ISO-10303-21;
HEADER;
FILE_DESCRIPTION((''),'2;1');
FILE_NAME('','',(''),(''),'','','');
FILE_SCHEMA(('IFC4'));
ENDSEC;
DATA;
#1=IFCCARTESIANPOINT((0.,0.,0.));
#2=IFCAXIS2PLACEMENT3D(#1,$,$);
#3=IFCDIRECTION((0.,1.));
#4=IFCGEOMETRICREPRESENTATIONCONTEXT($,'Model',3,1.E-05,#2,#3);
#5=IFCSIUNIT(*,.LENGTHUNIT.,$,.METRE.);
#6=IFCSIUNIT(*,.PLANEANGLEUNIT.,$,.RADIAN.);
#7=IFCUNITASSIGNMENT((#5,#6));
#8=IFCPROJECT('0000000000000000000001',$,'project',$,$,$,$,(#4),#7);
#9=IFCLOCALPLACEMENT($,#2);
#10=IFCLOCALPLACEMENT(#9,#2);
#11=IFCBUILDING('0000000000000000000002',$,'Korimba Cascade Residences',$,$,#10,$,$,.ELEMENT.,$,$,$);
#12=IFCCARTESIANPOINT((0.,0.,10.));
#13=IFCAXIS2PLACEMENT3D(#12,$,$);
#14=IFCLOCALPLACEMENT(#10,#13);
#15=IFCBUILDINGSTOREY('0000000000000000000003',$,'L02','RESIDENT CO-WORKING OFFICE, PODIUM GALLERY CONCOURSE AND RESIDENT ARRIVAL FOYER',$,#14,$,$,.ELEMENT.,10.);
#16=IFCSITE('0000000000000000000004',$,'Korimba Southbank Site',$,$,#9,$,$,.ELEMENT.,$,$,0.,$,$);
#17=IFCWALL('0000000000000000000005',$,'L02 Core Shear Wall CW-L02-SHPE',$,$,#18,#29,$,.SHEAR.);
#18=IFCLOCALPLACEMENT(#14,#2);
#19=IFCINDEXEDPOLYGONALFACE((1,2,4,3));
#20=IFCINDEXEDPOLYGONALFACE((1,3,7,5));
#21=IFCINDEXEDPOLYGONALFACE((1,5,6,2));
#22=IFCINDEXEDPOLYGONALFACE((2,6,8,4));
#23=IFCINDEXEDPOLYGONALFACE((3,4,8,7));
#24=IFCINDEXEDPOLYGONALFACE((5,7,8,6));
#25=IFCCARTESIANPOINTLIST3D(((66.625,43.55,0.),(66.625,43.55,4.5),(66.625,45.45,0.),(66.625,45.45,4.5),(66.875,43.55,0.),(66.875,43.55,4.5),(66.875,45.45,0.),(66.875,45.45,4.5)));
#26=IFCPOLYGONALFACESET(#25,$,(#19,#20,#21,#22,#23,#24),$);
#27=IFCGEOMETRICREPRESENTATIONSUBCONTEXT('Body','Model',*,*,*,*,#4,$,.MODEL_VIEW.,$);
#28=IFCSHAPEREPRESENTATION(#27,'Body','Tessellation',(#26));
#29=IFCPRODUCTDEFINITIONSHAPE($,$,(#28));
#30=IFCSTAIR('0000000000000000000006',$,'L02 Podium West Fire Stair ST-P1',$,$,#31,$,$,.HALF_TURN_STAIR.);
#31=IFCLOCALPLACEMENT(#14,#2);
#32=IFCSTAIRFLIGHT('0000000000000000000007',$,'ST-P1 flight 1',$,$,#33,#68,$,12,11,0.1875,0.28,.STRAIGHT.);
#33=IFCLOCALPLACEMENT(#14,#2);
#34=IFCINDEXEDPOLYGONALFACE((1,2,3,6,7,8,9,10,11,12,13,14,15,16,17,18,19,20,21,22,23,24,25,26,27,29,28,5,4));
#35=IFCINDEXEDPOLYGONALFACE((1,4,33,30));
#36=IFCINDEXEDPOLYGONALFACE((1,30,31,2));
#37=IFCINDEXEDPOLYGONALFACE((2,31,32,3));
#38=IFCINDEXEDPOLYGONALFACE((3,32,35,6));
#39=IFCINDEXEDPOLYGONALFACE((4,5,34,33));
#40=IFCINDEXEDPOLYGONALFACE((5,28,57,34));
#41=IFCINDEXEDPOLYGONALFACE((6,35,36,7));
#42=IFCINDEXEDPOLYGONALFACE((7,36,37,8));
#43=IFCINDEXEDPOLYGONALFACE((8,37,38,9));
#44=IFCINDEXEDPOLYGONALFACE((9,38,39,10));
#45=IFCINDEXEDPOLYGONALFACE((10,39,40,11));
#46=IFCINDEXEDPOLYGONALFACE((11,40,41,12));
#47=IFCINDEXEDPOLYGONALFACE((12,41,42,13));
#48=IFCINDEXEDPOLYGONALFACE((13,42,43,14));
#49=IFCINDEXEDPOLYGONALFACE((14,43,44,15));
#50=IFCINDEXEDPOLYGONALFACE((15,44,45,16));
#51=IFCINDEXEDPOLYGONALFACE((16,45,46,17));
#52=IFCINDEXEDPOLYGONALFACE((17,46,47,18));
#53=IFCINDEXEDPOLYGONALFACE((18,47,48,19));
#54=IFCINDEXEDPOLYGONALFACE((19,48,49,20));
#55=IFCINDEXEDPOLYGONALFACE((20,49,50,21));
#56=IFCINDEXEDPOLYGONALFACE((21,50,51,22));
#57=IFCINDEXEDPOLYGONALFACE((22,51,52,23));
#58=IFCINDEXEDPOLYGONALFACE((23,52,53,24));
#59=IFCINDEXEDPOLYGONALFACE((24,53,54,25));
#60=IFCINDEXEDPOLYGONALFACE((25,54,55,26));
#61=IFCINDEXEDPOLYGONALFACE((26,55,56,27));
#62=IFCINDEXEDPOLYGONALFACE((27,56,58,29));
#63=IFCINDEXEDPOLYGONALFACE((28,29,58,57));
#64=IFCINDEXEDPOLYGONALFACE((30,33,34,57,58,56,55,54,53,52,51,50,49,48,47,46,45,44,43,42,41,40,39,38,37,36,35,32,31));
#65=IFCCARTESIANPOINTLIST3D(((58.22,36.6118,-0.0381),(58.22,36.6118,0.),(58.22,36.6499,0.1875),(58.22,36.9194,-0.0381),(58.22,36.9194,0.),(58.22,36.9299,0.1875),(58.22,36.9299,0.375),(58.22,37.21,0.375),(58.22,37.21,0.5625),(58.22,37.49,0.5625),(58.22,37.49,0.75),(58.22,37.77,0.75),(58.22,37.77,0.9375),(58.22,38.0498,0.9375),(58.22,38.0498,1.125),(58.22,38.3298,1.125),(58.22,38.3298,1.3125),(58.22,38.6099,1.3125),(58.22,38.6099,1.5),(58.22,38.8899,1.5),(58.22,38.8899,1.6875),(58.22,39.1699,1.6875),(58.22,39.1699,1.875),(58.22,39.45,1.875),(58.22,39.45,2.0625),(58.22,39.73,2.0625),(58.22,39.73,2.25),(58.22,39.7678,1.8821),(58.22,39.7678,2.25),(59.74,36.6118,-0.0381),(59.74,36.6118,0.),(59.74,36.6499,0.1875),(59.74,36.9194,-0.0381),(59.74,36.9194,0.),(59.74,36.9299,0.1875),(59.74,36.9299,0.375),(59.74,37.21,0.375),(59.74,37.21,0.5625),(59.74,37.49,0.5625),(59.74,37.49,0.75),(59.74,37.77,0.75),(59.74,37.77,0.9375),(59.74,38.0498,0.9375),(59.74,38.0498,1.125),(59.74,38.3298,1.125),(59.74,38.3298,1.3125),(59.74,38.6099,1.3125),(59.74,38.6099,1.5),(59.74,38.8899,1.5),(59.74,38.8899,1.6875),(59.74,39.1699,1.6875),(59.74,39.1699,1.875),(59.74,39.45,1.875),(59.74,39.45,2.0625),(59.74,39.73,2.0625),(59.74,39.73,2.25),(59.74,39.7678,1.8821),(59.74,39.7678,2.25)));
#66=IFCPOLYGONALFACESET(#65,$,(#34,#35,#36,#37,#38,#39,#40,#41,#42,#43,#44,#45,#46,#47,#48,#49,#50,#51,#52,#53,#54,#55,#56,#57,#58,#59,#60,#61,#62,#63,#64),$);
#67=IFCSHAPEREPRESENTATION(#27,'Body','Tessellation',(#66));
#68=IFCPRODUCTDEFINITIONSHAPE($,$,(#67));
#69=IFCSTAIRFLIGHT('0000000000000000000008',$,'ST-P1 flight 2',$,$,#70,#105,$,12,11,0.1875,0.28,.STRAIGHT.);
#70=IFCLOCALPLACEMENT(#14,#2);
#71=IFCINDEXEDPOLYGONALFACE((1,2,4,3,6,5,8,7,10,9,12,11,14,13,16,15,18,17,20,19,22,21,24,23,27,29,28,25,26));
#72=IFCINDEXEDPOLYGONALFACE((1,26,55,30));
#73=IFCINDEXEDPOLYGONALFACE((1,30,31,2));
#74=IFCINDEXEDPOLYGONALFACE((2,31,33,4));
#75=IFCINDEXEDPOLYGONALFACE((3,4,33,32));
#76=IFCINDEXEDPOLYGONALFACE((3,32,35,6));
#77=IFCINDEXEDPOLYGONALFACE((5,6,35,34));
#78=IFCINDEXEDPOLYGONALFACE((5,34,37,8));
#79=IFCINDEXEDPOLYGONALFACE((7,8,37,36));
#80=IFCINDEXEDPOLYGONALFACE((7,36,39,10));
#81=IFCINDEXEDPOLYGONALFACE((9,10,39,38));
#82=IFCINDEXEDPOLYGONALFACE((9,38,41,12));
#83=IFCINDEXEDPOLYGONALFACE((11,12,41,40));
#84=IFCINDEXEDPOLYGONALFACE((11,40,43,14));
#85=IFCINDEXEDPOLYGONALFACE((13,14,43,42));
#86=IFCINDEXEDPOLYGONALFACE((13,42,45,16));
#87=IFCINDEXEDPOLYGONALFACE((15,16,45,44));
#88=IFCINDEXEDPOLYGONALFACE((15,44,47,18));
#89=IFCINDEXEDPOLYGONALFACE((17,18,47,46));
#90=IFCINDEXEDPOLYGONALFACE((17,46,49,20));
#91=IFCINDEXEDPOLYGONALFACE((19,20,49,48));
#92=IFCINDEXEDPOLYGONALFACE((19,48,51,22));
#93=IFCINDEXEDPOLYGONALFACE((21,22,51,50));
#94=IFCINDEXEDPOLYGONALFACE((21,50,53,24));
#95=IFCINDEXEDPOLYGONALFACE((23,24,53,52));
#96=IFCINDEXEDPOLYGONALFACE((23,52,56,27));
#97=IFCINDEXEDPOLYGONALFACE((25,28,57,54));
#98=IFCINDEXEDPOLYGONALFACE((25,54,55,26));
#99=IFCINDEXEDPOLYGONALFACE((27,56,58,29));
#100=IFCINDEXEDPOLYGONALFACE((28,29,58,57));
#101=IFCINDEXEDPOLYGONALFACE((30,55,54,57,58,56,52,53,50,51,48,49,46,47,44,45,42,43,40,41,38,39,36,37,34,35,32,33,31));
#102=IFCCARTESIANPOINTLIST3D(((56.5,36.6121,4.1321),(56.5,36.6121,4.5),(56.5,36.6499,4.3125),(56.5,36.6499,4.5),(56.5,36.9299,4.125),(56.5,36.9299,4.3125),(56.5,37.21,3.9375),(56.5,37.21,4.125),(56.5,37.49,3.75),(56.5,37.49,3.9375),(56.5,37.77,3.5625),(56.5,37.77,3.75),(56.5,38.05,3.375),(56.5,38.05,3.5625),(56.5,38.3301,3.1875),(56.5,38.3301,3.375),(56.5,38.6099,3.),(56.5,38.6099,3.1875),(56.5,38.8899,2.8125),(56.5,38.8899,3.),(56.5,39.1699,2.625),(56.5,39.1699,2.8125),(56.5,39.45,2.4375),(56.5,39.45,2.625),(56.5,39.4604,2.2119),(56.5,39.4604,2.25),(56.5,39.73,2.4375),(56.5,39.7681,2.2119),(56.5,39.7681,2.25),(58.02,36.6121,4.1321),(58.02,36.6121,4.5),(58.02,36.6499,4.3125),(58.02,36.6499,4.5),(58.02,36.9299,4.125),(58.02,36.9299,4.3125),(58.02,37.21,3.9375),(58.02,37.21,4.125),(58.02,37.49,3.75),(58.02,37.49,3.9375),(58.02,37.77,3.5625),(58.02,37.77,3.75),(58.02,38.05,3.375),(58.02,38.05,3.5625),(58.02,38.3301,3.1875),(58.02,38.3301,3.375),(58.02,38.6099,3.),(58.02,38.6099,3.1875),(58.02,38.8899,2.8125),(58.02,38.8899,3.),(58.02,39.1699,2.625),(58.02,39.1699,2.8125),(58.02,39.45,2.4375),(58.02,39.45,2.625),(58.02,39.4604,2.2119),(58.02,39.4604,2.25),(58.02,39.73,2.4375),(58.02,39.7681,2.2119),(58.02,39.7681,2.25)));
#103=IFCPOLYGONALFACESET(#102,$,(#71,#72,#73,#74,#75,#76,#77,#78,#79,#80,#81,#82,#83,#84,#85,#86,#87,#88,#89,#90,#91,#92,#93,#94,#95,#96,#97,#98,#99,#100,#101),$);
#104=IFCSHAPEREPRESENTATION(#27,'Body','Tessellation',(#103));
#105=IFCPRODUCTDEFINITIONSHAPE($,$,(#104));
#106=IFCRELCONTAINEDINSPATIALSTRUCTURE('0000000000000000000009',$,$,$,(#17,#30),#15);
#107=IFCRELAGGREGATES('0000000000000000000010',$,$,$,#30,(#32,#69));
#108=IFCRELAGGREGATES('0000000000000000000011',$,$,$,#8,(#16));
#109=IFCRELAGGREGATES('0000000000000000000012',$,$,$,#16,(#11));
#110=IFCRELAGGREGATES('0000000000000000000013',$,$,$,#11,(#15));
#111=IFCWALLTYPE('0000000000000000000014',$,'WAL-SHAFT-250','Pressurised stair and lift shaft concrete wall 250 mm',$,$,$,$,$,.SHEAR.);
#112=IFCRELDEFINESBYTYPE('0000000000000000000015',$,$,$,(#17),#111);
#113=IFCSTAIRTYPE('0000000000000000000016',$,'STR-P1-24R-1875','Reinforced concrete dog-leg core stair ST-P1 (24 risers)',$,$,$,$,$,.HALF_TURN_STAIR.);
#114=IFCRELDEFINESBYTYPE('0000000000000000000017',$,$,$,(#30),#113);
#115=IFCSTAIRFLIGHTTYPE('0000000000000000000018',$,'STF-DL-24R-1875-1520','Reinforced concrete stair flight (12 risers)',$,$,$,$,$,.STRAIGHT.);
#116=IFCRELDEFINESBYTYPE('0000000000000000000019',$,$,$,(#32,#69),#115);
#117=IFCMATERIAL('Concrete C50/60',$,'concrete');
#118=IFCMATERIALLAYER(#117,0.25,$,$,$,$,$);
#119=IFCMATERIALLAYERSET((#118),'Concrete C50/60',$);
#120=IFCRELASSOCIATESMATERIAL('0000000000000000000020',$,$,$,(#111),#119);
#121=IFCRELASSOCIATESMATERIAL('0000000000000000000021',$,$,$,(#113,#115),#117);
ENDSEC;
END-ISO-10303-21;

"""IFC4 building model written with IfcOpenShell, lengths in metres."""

from ifc_helpers import new_model, si_unit, direction, frame, frame_2d, origin, place, context, subcontext, project, spatial, polyline, rectangle, outline, extrude, material, layer, layer_set, type_object, element, aggregate, save


model = new_model("IFC4")

# Units and contexts
model_context = context("Model", 3, precision=1e-05, world=origin(), true_north=direction((0.0, 1.0)))
body_context = subcontext(model_context, "Body", "Model", "MODEL_VIEW")
ifc_project = project(units=[si_unit("LENGTHUNIT", "METRE"), si_unit("PLANEANGLEUNIT", "RADIAN")], contexts=[model_context])

# Site, building, storey
site_placement = place(None, origin())
site = spatial("IfcSite", under=ifc_project, at=site_placement, Name="Korimba Southbank Site", CompositionType="ELEMENT", RefElevation=0.0)
building_placement = place(site_placement, origin())
building = spatial("IfcBuilding", under=site, at=building_placement, Name="Korimba Cascade Residences", CompositionType="ELEMENT")
storey_placement = place(building_placement, frame((0.0, 0.0, 10.0)))
storey = spatial("IfcBuildingStorey", under=building, at=storey_placement, Name="L02", Description="RESIDENT CO-WORKING OFFICE, PODIUM GALLERY CONCOURSE AND RESIDENT ARRIVAL FOYER", CompositionType="ELEMENT", Elevation=10.0)

# Shared definitions
ifc_material_1 = material(Name="Concrete C50/60", Category="concrete")

# Shared definitions
ifc_layer_1 = layer(ifc_material_1, 0.25)
ifc_layer_set_1 = layer_set([ifc_layer_1], Name="Concrete C50/60")
wall_type_1 = type_object("IfcWallType", Name="WAL-SHAFT-250", Description="Pressurised stair and lift shaft concrete wall 250 mm", PredefinedType="SHEAR", material=ifc_layer_set_1)

# Wall
for number, where, z_axis, x_axis, name in (
    (1, (66.75, 43.55, 0.0), (0.0, 0.0, 1.0), (0.0, 1.0, 0.0), "L02 Core Shear Wall CW-L02-SHPE"),
):
    element("IfcWall", number, at=place(storey_placement, frame(where, z_axis=z_axis, x_axis=x_axis)), inside=storey, type_object=wall_type_1, Name=name, PredefinedType="SHEAR", context=body_context, shape_type="SweptSolid", body=[
        extrude(rectangle(XDim=1.8999, YDim=0.25, at=frame_2d((0.95, 0.0))), origin(), (0.0, 0.0, 1.0), 4.5),
    ])

# Stair, stair flights
stair_type = type_object("IfcStairType", Name="STR-P1-24R-1875", Description="Reinforced concrete dog-leg core stair ST-P1 (24 risers)", PredefinedType="HALF_TURN_STAIR", material=ifc_material_1)
stair_placement = place(storey_placement, origin())
stair = element("IfcStair", 2, at=stair_placement, inside=storey, type_object=stair_type, Name="L02 Podium West Fire Stair ST-P1", PredefinedType="HALF_TURN_STAIR")
stair_flight_type = type_object("IfcStairFlightType", Name="STF-DL-24R-1875-1520", Description="Reinforced concrete stair flight (12 risers)", PredefinedType="STRAIGHT", material=ifc_material_1)
stair_flight_1_placement = place(storey_placement, frame((58.98, 36.6499, 0.0), z_axis=(0.0, 0.0, 1.0), x_axis=(0.0, 1.0, 0.0)))
stair_flight_1 = element("IfcStairFlight", 3, at=stair_flight_1_placement, type_object=stair_flight_type, Name="ST-P1 flight 1", NumberOfRisers=12, NumberOfTreads=11, PredefinedType="STRAIGHT", RiserHeight=0.1875, TreadLength=0.28, context=body_context, shape_type="SweptSolid", body=[
    extrude(outline(polyline([(-0.0381, 0.0), (0.0, 0.1875), (0.28, 0.1875), (0.28, 0.375), (0.5601, 0.375), (0.5601, 0.5625), (0.8401, 0.5625), (0.8401, 0.75), (1.1201, 0.75), (1.1201, 0.9375), (1.3999, 0.9375), (1.3999, 1.125), (1.6799, 1.125), (1.6799, 1.3125), (1.96, 1.3125), (1.96, 1.5), (2.24, 1.5), (2.24, 1.6875), (2.52, 1.6875), (2.52, 1.875), (2.8, 1.875), (2.8, 2.0625), (3.0801, 2.0625), (3.0801, 2.25), (3.1179, 2.25), (3.1179, 1.8821), (0.2695, 0.0), (0.2695, -0.0381), (-0.0381, -0.0381), (-0.0381, 0.0)])), frame((0.0, 0.76, 0.0), z_axis=(0.0, -1.0, 0.0), x_axis=(1.0, 0.0, 0.0)), (0.0, 0.0, 1.0), 1.52),
])
stair_flight_2_placement = place(storey_placement, frame((57.26, 39.73, 2.25), z_axis=(0.0, 0.0, 1.0), x_axis=(0.0, -1.0, 0.0)))
stair_flight_2 = element("IfcStairFlight", 4, at=stair_flight_2_placement, type_object=stair_flight_type, Name="ST-P1 flight 2", NumberOfRisers=12, NumberOfTreads=11, PredefinedType="STRAIGHT", RiserHeight=0.1875, TreadLength=0.28, context=body_context, shape_type="SweptSolid", body=[
    extrude(outline(polyline([(-0.0381, 0.0), (0.0, 0.1875), (0.28, 0.1875), (0.28, 0.375), (0.5601, 0.375), (0.5601, 0.5625), (0.8401, 0.5625), (0.8401, 0.75), (1.1201, 0.75), (1.1201, 0.9375), (1.3999, 0.9375), (1.3999, 1.125), (1.6799, 1.125), (1.6799, 1.3125), (1.96, 1.3125), (1.96, 1.5), (2.24, 1.5), (2.24, 1.6875), (2.52, 1.6875), (2.52, 1.875), (2.8, 1.875), (2.8, 2.0625), (3.0801, 2.0625), (3.0801, 2.25), (3.1179, 2.25), (3.1179, 1.8821), (0.2695, 0.0), (0.2695, -0.0381), (-0.0381, -0.0381), (-0.0381, 0.0)])), frame((0.0, 0.76, 0.0), z_axis=(0.0, -1.0, 0.0), x_axis=(1.0, 0.0, 0.0)), (0.0, 0.0, 1.0), 1.52),
])
aggregate(stair, [stair_flight_1, stair_flight_2])

save(model, "model.ifc")
